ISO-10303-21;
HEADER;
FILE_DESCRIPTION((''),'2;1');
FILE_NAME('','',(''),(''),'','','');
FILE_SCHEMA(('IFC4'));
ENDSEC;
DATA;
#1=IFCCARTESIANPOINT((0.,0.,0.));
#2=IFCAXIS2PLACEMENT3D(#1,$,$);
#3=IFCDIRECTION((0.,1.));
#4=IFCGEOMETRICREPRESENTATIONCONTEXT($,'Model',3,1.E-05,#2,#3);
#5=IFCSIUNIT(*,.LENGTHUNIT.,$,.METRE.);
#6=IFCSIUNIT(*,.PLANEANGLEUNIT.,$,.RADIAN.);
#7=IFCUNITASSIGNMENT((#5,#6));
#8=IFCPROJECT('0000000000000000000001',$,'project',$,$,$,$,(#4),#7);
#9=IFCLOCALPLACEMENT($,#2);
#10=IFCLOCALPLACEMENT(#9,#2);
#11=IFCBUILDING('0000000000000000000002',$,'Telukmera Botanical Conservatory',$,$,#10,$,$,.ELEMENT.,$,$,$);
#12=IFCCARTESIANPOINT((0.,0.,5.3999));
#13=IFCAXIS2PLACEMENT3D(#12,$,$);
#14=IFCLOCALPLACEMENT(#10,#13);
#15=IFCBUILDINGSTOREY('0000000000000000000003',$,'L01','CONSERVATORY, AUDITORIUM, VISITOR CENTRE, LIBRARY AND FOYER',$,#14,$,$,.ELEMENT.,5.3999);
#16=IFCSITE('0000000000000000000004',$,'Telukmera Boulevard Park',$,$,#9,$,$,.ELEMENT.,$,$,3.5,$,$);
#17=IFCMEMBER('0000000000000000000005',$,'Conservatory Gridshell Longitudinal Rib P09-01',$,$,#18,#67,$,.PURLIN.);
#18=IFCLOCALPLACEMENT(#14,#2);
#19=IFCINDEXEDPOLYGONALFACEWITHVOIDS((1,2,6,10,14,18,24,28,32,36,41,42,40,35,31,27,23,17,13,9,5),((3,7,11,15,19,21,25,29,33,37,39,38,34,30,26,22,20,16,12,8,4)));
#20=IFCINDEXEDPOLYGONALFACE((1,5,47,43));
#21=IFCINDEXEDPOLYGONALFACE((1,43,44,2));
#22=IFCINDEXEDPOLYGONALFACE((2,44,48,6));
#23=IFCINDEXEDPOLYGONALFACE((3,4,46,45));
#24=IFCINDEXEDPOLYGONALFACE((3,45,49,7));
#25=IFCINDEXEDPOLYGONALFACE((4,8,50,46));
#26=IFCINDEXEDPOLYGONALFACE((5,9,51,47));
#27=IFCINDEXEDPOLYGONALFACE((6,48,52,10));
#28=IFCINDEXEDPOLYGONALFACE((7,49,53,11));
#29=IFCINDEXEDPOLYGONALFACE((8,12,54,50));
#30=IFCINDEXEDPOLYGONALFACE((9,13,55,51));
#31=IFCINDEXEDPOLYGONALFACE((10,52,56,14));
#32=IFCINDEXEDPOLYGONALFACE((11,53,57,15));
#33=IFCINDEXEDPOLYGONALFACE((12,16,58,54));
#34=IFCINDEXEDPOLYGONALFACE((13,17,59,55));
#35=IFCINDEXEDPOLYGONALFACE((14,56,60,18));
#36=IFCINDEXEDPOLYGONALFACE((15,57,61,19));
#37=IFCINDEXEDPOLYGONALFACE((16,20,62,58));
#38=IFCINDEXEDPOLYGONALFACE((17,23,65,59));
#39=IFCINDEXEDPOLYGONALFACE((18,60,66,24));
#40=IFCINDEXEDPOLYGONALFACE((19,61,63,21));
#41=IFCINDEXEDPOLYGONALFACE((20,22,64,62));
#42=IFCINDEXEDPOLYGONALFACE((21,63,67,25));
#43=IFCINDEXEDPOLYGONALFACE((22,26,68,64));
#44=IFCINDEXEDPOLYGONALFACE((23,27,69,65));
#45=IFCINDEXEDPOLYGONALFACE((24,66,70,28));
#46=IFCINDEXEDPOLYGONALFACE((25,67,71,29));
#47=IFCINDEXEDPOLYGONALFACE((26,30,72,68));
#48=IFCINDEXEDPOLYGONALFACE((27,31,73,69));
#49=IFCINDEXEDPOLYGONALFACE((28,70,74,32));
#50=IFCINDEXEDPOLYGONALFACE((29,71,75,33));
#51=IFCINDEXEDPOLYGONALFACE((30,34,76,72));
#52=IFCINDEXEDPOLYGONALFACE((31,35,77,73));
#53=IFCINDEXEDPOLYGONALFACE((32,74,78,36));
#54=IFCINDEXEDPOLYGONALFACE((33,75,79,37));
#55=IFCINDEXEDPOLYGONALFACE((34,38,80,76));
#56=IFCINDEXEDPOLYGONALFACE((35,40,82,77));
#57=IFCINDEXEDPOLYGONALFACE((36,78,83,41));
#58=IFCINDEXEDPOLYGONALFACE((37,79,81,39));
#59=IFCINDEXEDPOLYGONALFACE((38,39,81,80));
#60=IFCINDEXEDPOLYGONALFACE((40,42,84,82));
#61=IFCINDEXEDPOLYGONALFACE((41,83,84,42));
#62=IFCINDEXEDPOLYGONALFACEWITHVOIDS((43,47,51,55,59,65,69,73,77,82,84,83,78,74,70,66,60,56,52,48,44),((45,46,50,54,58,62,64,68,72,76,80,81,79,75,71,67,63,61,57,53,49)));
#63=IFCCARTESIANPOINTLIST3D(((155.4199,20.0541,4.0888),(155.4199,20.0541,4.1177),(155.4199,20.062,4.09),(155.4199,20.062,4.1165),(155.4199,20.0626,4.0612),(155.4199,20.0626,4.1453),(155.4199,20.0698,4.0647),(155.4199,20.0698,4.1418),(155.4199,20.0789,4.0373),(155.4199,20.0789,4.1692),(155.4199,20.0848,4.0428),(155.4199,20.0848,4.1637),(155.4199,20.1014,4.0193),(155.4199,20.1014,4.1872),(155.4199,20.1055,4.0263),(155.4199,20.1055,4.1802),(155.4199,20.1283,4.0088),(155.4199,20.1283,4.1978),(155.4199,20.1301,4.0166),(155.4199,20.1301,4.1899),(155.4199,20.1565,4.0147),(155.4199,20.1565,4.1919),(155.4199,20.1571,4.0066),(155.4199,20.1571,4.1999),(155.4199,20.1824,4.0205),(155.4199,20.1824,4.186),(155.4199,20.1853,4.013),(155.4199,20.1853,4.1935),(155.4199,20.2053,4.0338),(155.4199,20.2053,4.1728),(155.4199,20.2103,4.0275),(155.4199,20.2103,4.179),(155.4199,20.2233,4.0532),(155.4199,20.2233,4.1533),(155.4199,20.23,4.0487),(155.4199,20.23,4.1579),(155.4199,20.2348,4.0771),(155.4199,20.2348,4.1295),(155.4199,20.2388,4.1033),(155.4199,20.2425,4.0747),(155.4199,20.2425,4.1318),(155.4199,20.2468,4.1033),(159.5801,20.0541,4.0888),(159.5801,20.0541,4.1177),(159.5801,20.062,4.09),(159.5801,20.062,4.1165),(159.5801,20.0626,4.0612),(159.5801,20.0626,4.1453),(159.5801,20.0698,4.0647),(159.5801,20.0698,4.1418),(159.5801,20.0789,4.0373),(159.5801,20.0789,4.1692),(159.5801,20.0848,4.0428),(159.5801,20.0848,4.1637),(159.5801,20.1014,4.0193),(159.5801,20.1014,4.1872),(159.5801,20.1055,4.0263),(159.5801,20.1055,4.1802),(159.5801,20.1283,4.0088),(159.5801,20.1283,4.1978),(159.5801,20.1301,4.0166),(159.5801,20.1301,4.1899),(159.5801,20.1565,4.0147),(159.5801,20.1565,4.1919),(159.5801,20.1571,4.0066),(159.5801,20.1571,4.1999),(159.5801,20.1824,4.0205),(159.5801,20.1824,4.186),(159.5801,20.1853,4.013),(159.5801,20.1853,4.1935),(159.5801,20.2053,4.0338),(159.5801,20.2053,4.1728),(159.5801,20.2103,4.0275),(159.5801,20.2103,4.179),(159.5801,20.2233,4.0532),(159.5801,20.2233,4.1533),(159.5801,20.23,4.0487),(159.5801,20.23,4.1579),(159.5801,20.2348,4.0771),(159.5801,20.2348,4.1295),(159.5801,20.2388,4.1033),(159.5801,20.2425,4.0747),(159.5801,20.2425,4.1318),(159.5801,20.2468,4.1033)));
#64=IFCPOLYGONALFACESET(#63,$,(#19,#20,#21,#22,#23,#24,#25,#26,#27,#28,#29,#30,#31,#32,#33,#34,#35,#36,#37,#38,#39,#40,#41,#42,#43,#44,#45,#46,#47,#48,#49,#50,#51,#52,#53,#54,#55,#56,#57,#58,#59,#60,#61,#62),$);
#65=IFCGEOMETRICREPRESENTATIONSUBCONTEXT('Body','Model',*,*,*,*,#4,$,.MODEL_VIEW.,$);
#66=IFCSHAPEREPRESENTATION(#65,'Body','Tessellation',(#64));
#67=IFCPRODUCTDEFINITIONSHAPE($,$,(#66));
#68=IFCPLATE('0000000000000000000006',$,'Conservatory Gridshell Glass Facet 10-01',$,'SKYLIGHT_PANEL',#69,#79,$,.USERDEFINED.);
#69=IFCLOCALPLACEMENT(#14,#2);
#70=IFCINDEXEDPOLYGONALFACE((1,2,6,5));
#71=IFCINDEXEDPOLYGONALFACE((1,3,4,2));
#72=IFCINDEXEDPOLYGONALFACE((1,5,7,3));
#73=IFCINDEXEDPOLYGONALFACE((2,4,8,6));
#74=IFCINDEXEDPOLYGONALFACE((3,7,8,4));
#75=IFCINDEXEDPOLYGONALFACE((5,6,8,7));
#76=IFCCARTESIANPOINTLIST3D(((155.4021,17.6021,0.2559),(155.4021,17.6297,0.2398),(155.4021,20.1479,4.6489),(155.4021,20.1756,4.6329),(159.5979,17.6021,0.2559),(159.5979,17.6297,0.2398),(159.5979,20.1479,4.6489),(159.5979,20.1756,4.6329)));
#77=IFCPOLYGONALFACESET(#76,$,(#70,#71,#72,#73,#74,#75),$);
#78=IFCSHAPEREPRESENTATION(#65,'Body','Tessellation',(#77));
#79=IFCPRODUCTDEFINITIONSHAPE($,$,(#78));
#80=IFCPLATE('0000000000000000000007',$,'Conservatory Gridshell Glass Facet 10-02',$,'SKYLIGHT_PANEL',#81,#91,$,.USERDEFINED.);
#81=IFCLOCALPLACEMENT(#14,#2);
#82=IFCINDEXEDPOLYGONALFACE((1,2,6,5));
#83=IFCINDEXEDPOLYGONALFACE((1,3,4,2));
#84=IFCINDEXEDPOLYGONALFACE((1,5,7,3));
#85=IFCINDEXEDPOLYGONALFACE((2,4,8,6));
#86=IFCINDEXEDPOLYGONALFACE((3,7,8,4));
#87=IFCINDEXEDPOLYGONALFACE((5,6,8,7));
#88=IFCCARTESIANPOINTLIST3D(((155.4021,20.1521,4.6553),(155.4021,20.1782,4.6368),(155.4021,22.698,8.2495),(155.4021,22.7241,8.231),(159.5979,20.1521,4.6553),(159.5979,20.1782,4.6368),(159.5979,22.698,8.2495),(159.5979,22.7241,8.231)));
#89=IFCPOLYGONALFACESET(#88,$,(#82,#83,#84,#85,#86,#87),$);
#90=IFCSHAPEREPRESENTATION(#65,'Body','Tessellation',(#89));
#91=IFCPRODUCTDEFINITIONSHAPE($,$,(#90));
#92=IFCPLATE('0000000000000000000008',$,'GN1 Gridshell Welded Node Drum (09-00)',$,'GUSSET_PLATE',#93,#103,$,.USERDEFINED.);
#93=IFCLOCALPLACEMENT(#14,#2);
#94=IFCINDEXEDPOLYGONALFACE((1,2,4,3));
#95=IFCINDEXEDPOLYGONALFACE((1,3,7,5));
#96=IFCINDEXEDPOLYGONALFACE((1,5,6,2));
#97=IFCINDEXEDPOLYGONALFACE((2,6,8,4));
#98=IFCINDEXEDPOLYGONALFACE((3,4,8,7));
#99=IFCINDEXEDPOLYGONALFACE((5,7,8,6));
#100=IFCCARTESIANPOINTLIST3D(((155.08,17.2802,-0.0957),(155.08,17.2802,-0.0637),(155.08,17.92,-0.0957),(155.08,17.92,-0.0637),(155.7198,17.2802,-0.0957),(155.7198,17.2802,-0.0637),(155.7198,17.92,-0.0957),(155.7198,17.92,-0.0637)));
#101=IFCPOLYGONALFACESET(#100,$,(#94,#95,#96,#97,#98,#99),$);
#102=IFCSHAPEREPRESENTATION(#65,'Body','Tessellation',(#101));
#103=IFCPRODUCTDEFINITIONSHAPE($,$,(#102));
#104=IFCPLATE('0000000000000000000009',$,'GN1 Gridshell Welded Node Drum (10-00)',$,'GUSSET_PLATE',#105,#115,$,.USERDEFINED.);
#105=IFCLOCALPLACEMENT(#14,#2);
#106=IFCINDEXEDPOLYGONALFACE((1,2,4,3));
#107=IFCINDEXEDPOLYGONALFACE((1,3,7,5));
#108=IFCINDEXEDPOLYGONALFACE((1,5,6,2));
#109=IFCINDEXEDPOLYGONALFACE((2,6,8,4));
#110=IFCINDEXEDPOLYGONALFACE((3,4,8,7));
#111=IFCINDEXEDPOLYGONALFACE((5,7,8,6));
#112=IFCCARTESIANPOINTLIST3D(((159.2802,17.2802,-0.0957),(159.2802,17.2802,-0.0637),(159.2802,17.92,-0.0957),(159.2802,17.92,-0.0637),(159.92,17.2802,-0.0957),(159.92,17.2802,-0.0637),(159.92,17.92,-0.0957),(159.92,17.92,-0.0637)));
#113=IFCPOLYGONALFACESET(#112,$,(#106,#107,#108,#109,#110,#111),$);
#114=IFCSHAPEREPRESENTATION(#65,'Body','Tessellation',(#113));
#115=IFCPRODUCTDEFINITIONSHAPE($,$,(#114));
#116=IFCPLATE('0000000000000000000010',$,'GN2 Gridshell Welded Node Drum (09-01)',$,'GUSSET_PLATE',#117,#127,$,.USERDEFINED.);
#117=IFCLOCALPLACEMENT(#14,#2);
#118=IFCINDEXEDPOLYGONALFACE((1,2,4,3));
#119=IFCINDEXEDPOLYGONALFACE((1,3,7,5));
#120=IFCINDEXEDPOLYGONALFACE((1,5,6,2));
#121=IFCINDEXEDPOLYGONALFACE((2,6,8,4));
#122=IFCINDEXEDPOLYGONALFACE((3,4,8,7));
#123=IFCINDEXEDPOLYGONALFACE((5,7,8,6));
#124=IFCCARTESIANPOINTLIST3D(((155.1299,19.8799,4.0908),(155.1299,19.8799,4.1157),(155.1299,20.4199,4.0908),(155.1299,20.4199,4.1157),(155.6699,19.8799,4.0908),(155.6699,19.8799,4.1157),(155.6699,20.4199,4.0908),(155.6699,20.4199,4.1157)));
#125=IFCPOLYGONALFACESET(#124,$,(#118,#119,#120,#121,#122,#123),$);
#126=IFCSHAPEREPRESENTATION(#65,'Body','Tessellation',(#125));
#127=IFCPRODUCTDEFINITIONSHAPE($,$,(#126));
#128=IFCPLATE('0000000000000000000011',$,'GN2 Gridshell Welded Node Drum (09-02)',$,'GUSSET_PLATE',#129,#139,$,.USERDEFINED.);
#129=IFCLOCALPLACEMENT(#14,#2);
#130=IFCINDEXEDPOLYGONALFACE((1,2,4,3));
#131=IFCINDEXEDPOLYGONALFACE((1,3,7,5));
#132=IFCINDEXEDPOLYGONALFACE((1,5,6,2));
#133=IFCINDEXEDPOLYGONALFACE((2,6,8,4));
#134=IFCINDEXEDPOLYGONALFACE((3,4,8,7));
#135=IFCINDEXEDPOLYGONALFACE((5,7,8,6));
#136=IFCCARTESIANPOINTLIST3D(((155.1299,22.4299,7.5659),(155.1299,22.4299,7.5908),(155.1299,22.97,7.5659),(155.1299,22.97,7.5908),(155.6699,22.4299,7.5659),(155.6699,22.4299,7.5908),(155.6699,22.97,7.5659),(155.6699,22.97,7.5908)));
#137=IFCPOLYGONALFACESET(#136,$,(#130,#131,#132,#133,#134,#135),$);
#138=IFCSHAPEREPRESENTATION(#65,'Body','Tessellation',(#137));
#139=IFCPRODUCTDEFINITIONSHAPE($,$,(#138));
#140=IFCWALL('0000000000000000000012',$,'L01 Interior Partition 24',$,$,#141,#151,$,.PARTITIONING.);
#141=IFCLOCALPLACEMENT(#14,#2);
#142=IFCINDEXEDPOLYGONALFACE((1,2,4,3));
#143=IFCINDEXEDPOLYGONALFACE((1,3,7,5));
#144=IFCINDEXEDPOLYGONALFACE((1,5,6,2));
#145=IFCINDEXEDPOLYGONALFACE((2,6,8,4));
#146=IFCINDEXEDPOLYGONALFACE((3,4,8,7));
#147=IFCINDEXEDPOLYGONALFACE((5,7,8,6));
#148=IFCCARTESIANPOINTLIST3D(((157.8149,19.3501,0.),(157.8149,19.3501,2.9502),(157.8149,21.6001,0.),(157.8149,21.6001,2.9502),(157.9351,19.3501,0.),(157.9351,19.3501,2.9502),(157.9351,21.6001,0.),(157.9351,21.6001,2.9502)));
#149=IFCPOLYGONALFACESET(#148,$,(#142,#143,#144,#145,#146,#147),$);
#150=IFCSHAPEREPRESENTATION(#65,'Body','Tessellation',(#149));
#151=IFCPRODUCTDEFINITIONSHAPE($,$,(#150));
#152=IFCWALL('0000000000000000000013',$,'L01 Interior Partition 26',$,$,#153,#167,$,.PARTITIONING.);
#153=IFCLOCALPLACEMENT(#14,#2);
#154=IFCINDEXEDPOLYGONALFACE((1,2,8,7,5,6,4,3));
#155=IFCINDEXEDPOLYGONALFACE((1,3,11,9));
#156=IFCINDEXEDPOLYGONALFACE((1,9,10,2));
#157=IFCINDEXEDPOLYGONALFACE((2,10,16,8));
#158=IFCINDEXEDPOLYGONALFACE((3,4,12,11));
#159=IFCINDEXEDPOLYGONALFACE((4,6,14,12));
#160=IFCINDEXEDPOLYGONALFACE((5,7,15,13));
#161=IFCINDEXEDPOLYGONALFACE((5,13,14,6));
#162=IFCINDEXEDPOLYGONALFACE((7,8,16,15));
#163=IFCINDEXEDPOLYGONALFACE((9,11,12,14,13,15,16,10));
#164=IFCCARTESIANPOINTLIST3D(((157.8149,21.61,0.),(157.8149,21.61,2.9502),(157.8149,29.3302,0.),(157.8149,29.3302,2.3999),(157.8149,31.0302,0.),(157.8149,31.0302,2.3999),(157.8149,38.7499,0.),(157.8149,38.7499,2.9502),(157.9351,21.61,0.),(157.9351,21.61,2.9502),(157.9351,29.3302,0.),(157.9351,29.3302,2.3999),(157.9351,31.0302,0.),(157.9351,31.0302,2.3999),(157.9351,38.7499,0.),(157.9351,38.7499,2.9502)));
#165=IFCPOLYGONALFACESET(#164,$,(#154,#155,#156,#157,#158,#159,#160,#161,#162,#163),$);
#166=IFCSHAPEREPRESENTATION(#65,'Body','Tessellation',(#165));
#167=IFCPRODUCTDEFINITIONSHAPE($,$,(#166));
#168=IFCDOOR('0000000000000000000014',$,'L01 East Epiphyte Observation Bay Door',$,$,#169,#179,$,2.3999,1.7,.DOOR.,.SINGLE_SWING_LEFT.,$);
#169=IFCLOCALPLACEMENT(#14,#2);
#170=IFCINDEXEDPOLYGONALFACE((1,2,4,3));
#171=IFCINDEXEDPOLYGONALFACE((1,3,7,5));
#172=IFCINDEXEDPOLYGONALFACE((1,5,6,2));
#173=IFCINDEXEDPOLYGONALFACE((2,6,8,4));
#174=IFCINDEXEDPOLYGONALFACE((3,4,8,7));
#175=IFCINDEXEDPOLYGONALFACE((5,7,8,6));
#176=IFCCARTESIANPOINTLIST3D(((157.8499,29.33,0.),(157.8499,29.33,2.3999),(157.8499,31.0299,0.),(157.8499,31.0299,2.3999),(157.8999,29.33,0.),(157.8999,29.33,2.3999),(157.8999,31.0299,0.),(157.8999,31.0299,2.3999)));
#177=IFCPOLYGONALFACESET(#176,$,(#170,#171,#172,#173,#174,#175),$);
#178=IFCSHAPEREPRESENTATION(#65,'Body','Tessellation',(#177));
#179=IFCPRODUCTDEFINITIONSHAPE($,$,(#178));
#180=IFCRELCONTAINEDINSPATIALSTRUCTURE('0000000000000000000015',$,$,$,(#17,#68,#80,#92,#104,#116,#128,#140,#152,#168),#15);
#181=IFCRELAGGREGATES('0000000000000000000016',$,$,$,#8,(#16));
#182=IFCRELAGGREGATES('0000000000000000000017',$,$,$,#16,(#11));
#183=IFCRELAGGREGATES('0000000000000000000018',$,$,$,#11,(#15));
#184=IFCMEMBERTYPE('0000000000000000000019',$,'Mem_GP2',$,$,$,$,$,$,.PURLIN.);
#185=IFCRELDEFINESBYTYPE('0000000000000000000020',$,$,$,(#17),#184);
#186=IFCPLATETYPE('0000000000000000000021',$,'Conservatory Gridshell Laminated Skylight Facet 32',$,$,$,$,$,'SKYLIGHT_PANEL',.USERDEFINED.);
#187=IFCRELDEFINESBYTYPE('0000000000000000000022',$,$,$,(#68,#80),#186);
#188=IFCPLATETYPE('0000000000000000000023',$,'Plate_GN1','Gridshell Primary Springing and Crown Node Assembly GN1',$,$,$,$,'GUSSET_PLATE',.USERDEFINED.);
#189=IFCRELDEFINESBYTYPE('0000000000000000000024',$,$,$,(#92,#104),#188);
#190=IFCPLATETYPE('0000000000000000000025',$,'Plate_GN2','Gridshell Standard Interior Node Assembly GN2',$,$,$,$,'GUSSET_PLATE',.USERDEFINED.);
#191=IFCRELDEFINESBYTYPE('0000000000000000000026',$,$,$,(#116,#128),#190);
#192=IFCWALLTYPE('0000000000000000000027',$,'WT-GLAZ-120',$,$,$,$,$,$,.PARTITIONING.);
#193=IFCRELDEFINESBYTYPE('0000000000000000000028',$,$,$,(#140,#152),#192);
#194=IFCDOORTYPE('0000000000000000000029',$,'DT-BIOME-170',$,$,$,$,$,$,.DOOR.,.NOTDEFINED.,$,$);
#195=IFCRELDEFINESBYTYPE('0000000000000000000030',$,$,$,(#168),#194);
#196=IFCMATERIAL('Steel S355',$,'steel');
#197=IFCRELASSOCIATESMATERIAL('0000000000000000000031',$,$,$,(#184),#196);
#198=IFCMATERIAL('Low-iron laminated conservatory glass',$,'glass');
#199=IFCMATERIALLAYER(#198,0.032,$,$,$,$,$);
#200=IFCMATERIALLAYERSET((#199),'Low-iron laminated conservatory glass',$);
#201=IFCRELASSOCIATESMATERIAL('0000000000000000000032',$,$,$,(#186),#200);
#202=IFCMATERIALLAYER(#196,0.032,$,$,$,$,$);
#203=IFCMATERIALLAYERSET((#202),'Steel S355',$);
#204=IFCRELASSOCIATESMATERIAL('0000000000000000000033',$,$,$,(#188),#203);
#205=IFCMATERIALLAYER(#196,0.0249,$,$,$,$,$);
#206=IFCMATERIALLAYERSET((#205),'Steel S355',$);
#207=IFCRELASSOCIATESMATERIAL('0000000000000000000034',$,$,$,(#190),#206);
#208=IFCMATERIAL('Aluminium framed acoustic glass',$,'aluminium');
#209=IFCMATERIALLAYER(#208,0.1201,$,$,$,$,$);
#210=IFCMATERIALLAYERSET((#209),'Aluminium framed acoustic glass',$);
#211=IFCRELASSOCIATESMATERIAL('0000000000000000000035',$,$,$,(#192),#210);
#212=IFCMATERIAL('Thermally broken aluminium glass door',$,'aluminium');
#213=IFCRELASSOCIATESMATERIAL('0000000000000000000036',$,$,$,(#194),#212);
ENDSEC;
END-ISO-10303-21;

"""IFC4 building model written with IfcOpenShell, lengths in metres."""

from ifc_helpers import new_model, si_unit, direction, frame, frame_2d, origin, origin_2d, place, context, subcontext, project, spatial, polyline, rectangle, hollow_circle, outline, extrude, material, layer, layer_set, material_profile, profile_set, type_object, element, fill, save


model = new_model("IFC4")

# Units and contexts
model_context = context("Model", 3, precision=1e-05, world=origin(), true_north=direction((0.0, 1.0)))
body_context = subcontext(model_context, "Body", "Model", "MODEL_VIEW")
ifc_project = project(units=[si_unit("LENGTHUNIT", "METRE"), si_unit("PLANEANGLEUNIT", "RADIAN")], contexts=[model_context])

# Site, building, storey
site_placement = place(None, origin())
site = spatial("IfcSite", under=ifc_project, at=site_placement, Name="Telukmera Boulevard Park", CompositionType="ELEMENT", RefElevation=3.5)
building_placement = place(site_placement, origin())
building = spatial("IfcBuilding", under=site, at=building_placement, Name="Telukmera Botanical Conservatory", CompositionType="ELEMENT")
storey_placement = place(building_placement, frame((0.0, 0.0, 5.3999)))
storey = spatial("IfcBuildingStorey", under=building, at=storey_placement, Name="L01", Description="CONSERVATORY, AUDITORIUM, VISITOR CENTRE, LIBRARY AND FOYER", CompositionType="ELEMENT", Elevation=5.3999)

# Shared definitions
ifc_material_1 = material(Name="Steel S355", Category="steel")

# Member
ifc_material_profile_1 = material_profile(ifc_material_1, hollow_circle(Radius=0.0969, WallThickness=0.0081, at=origin_2d()), Name="CHS 193.7x8.0")
ifc_profile_set_1 = profile_set([ifc_material_profile_1], Name="Steel S355")
member_type_1 = type_object("IfcMemberType", Name="Mem_GP2", PredefinedType="PURLIN", material=ifc_profile_set_1)
member_1_placement = place(storey_placement, frame((155.4199, 20.1499, 4.1033), z_axis=(1.0, 0.0, 0.0), x_axis=(0.0, 1.0, 0.0)))
element("IfcMember", 1, at=member_1_placement, inside=storey, type_object=member_type_1, Name="Conservatory Gridshell Longitudinal Rib P09-01", PredefinedType="PURLIN", context=body_context, shape_type="SweptSolid", body=[
    extrude(hollow_circle(Radius=0.0969, WallThickness=0.0081, at=origin_2d()), origin(), (0.0, 0.0, 1.0), 4.1602),
])

# Plates
ifc_material_2 = material(Name="Low-iron laminated conservatory glass", Category="glass")
ifc_layer_1 = layer(ifc_material_2, 0.032)
ifc_layer_set_1 = layer_set([ifc_layer_1], Name="Low-iron laminated conservatory glass")
plate_type_1 = type_object("IfcPlateType", Name="Conservatory Gridshell Laminated Skylight Facet 32", ElementType="SKYLIGHT_PANEL", PredefinedType="USERDEFINED", material=ifc_layer_set_1)
plate_1_placement = place(storey_placement, frame((155.4021, 17.6021, 0.2559), z_axis=(0.0, -0.865209, 0.501412), x_axis=(1.0, 0.0, 0.0)))
element("IfcPlate", 2, at=plate_1_placement, inside=storey, type_object=plate_type_1, Name="Conservatory Gridshell Glass Facet 10-01", ObjectType="SKYLIGHT_PANEL", PredefinedType="USERDEFINED", context=body_context, shape_type="SweptSolid", body=[
    extrude(outline(polyline([(0.0, 0.0), (4.1958, 0.0), (4.1958, 5.0775), (0.0, 5.0775), (0.0, 0.0)])), origin(), (0.0, 0.0, -1.0), 0.032),
])
plate_2_placement = place(storey_placement, frame((155.4021, 20.1521, 4.6553), z_axis=(0.0, -0.816027, 0.578014), x_axis=(1.0, 0.0, 0.0)))
element("IfcPlate", 3, at=plate_2_placement, inside=storey, type_object=plate_type_1, Name="Conservatory Gridshell Glass Facet 10-02", ObjectType="SKYLIGHT_PANEL", PredefinedType="USERDEFINED", context=body_context, shape_type="SweptSolid", body=[
    extrude(outline(polyline([(0.0, 0.0), (4.1958, 0.0), (4.1958, 4.4046), (0.0, 4.4046), (0.0, 0.0)])), origin(), (0.0, 0.0, -1.0), 0.032),
])
ifc_layer_2 = layer(ifc_material_1, 0.032)
ifc_layer_set_2 = layer_set([ifc_layer_2], Name="Steel S355")
plate_type_2 = type_object("IfcPlateType", Name="Plate_GN1", Description="Gridshell Primary Springing and Crown Node Assembly GN1", ElementType="GUSSET_PLATE", PredefinedType="USERDEFINED", material=ifc_layer_set_2)
for number, where, z_axis, x_axis, name in (
    (4, (155.3999, 17.6001, -0.0957), (0.0, 0.0, 1.0), (1.0, 0.0, 0.0), "GN1 Gridshell Welded Node Drum (09-00)"),
    (5, (159.6001, 17.6001, -0.0957), (0.0, 0.0, 1.0), (1.0, 0.0, 0.0), "GN1 Gridshell Welded Node Drum (10-00)"),
):
    element("IfcPlate", number, at=place(storey_placement, frame(where, z_axis=z_axis, x_axis=x_axis)), inside=storey, type_object=plate_type_2, Name=name, ObjectType="GUSSET_PLATE", PredefinedType="USERDEFINED", context=body_context, shape_type="SweptSolid", body=[
        extrude(rectangle(XDim=0.6399, YDim=0.6399, at=origin_2d()), origin(), (0.0, 0.0, 1.0), 0.032),
    ])
ifc_layer_3 = layer(ifc_material_1, 0.0249)
ifc_layer_set_3 = layer_set([ifc_layer_3], Name="Steel S355")
plate_type_3 = type_object("IfcPlateType", Name="Plate_GN2", Description="Gridshell Standard Interior Node Assembly GN2", ElementType="GUSSET_PLATE", PredefinedType="USERDEFINED", material=ifc_layer_set_3)
for number, where, z_axis, x_axis, name in (
    (6, (155.3999, 20.1499, 4.0908), (0.0, 0.0, 1.0), (1.0, 0.0, 0.0), "GN2 Gridshell Welded Node Drum (09-01)"),
    (7, (155.3999, 22.7, 7.5659), (0.0, 0.0, 1.0), (1.0, 0.0, 0.0), "GN2 Gridshell Welded Node Drum (09-02)"),
):
    element("IfcPlate", number, at=place(storey_placement, frame(where, z_axis=z_axis, x_axis=x_axis)), inside=storey, type_object=plate_type_3, Name=name, ObjectType="GUSSET_PLATE", PredefinedType="USERDEFINED", context=body_context, shape_type="SweptSolid", body=[
        extrude(rectangle(XDim=0.54, YDim=0.54, at=origin_2d()), origin(), (0.0, 0.0, 1.0), 0.0249),
    ])

# Wall
ifc_material_3 = material(Name="Aluminium framed acoustic glass", Category="aluminium")
ifc_layer_4 = layer(ifc_material_3, 0.1201)
ifc_layer_set_4 = layer_set([ifc_layer_4], Name="Aluminium framed acoustic glass")
wall_type = type_object("IfcWallType", Name="WT-GLAZ-120", PredefinedType="PARTITIONING", material=ifc_layer_set_4)
wall_1_placement = place(storey_placement, frame((157.875, 19.3501, 0.0), z_axis=(0.0, 0.0, 1.0), x_axis=(0.0, 1.0, 0.0)))
element("IfcWall", 8, at=wall_1_placement, inside=storey, type_object=wall_type, Name="L01 Interior Partition 24", PredefinedType="PARTITIONING", context=body_context, shape_type="SweptSolid", body=[
    extrude(rectangle(XDim=2.25, YDim=0.1201, at=frame_2d((1.125, 0.0))), origin(), (0.0, 0.0, 1.0), 2.9502),
])

# Wall, opening, door
wall_2_placement = place(storey_placement, frame((157.875, 21.6101, 0.0), z_axis=(0.0, 0.0, 1.0), x_axis=(0.0, 1.0, 0.0)))
wall_2 = element("IfcWall", 9, at=wall_2_placement, inside=storey, type_object=wall_type, Name="L01 Interior Partition 26", PredefinedType="PARTITIONING", context=body_context, shape_type="SweptSolid", body=[
    extrude(rectangle(XDim=17.1399, YDim=0.1201, at=frame_2d((8.5698, 0.0))), origin(), (0.0, 0.0, 1.0), 2.9502),
])
opening_placement = place(wall_2_placement, frame((7.72, 0.0, 0.0)))
opening = element("IfcOpeningElement", 10, at=opening_placement, cuts=wall_2, PredefinedType="OPENING", context=body_context, shape_type="SweptSolid", body=[
    extrude(rectangle(XDim=1.7, YDim=2.3999, at=frame_2d((0.8501, 1.2))), frame((0.0, 0.0701, 0.0), z_axis=(0.0, -1.0, 0.0), x_axis=(1.0, 0.0, 0.0)), (0.0, 0.0, 1.0), 0.1401),
])
ifc_material_4 = material(Name="Thermally broken aluminium glass door", Category="aluminium")
door_type = type_object("IfcDoorType", Name="DT-BIOME-170", OperationType="NOTDEFINED", PredefinedType="DOOR", material=ifc_material_4)
door_placement = place(opening_placement, frame((1.7, 0.0, 0.0), z_axis=(0.0, 0.0, 1.0), x_axis=(-1.0, 0.0, 0.0)))
door = element("IfcDoor", 11, at=door_placement, inside=storey, type_object=door_type, Name="L01 East Epiphyte Observation Bay Door", OperationType="SINGLE_SWING_LEFT", OverallHeight=2.3999, OverallWidth=1.7, PredefinedType="DOOR", context=body_context, shape_type="SweptSolid", body=[
    extrude(rectangle(XDim=1.7, YDim=2.3999, at=frame_2d((0.8501, 1.2))), frame((0.0, 0.0249, 0.0), z_axis=(0.0, -1.0, 0.0), x_axis=(1.0, 0.0, 0.0)), (0.0, 0.0, 1.0), 0.05),
])
fill(opening, door)

save(model, "model.ifc")
